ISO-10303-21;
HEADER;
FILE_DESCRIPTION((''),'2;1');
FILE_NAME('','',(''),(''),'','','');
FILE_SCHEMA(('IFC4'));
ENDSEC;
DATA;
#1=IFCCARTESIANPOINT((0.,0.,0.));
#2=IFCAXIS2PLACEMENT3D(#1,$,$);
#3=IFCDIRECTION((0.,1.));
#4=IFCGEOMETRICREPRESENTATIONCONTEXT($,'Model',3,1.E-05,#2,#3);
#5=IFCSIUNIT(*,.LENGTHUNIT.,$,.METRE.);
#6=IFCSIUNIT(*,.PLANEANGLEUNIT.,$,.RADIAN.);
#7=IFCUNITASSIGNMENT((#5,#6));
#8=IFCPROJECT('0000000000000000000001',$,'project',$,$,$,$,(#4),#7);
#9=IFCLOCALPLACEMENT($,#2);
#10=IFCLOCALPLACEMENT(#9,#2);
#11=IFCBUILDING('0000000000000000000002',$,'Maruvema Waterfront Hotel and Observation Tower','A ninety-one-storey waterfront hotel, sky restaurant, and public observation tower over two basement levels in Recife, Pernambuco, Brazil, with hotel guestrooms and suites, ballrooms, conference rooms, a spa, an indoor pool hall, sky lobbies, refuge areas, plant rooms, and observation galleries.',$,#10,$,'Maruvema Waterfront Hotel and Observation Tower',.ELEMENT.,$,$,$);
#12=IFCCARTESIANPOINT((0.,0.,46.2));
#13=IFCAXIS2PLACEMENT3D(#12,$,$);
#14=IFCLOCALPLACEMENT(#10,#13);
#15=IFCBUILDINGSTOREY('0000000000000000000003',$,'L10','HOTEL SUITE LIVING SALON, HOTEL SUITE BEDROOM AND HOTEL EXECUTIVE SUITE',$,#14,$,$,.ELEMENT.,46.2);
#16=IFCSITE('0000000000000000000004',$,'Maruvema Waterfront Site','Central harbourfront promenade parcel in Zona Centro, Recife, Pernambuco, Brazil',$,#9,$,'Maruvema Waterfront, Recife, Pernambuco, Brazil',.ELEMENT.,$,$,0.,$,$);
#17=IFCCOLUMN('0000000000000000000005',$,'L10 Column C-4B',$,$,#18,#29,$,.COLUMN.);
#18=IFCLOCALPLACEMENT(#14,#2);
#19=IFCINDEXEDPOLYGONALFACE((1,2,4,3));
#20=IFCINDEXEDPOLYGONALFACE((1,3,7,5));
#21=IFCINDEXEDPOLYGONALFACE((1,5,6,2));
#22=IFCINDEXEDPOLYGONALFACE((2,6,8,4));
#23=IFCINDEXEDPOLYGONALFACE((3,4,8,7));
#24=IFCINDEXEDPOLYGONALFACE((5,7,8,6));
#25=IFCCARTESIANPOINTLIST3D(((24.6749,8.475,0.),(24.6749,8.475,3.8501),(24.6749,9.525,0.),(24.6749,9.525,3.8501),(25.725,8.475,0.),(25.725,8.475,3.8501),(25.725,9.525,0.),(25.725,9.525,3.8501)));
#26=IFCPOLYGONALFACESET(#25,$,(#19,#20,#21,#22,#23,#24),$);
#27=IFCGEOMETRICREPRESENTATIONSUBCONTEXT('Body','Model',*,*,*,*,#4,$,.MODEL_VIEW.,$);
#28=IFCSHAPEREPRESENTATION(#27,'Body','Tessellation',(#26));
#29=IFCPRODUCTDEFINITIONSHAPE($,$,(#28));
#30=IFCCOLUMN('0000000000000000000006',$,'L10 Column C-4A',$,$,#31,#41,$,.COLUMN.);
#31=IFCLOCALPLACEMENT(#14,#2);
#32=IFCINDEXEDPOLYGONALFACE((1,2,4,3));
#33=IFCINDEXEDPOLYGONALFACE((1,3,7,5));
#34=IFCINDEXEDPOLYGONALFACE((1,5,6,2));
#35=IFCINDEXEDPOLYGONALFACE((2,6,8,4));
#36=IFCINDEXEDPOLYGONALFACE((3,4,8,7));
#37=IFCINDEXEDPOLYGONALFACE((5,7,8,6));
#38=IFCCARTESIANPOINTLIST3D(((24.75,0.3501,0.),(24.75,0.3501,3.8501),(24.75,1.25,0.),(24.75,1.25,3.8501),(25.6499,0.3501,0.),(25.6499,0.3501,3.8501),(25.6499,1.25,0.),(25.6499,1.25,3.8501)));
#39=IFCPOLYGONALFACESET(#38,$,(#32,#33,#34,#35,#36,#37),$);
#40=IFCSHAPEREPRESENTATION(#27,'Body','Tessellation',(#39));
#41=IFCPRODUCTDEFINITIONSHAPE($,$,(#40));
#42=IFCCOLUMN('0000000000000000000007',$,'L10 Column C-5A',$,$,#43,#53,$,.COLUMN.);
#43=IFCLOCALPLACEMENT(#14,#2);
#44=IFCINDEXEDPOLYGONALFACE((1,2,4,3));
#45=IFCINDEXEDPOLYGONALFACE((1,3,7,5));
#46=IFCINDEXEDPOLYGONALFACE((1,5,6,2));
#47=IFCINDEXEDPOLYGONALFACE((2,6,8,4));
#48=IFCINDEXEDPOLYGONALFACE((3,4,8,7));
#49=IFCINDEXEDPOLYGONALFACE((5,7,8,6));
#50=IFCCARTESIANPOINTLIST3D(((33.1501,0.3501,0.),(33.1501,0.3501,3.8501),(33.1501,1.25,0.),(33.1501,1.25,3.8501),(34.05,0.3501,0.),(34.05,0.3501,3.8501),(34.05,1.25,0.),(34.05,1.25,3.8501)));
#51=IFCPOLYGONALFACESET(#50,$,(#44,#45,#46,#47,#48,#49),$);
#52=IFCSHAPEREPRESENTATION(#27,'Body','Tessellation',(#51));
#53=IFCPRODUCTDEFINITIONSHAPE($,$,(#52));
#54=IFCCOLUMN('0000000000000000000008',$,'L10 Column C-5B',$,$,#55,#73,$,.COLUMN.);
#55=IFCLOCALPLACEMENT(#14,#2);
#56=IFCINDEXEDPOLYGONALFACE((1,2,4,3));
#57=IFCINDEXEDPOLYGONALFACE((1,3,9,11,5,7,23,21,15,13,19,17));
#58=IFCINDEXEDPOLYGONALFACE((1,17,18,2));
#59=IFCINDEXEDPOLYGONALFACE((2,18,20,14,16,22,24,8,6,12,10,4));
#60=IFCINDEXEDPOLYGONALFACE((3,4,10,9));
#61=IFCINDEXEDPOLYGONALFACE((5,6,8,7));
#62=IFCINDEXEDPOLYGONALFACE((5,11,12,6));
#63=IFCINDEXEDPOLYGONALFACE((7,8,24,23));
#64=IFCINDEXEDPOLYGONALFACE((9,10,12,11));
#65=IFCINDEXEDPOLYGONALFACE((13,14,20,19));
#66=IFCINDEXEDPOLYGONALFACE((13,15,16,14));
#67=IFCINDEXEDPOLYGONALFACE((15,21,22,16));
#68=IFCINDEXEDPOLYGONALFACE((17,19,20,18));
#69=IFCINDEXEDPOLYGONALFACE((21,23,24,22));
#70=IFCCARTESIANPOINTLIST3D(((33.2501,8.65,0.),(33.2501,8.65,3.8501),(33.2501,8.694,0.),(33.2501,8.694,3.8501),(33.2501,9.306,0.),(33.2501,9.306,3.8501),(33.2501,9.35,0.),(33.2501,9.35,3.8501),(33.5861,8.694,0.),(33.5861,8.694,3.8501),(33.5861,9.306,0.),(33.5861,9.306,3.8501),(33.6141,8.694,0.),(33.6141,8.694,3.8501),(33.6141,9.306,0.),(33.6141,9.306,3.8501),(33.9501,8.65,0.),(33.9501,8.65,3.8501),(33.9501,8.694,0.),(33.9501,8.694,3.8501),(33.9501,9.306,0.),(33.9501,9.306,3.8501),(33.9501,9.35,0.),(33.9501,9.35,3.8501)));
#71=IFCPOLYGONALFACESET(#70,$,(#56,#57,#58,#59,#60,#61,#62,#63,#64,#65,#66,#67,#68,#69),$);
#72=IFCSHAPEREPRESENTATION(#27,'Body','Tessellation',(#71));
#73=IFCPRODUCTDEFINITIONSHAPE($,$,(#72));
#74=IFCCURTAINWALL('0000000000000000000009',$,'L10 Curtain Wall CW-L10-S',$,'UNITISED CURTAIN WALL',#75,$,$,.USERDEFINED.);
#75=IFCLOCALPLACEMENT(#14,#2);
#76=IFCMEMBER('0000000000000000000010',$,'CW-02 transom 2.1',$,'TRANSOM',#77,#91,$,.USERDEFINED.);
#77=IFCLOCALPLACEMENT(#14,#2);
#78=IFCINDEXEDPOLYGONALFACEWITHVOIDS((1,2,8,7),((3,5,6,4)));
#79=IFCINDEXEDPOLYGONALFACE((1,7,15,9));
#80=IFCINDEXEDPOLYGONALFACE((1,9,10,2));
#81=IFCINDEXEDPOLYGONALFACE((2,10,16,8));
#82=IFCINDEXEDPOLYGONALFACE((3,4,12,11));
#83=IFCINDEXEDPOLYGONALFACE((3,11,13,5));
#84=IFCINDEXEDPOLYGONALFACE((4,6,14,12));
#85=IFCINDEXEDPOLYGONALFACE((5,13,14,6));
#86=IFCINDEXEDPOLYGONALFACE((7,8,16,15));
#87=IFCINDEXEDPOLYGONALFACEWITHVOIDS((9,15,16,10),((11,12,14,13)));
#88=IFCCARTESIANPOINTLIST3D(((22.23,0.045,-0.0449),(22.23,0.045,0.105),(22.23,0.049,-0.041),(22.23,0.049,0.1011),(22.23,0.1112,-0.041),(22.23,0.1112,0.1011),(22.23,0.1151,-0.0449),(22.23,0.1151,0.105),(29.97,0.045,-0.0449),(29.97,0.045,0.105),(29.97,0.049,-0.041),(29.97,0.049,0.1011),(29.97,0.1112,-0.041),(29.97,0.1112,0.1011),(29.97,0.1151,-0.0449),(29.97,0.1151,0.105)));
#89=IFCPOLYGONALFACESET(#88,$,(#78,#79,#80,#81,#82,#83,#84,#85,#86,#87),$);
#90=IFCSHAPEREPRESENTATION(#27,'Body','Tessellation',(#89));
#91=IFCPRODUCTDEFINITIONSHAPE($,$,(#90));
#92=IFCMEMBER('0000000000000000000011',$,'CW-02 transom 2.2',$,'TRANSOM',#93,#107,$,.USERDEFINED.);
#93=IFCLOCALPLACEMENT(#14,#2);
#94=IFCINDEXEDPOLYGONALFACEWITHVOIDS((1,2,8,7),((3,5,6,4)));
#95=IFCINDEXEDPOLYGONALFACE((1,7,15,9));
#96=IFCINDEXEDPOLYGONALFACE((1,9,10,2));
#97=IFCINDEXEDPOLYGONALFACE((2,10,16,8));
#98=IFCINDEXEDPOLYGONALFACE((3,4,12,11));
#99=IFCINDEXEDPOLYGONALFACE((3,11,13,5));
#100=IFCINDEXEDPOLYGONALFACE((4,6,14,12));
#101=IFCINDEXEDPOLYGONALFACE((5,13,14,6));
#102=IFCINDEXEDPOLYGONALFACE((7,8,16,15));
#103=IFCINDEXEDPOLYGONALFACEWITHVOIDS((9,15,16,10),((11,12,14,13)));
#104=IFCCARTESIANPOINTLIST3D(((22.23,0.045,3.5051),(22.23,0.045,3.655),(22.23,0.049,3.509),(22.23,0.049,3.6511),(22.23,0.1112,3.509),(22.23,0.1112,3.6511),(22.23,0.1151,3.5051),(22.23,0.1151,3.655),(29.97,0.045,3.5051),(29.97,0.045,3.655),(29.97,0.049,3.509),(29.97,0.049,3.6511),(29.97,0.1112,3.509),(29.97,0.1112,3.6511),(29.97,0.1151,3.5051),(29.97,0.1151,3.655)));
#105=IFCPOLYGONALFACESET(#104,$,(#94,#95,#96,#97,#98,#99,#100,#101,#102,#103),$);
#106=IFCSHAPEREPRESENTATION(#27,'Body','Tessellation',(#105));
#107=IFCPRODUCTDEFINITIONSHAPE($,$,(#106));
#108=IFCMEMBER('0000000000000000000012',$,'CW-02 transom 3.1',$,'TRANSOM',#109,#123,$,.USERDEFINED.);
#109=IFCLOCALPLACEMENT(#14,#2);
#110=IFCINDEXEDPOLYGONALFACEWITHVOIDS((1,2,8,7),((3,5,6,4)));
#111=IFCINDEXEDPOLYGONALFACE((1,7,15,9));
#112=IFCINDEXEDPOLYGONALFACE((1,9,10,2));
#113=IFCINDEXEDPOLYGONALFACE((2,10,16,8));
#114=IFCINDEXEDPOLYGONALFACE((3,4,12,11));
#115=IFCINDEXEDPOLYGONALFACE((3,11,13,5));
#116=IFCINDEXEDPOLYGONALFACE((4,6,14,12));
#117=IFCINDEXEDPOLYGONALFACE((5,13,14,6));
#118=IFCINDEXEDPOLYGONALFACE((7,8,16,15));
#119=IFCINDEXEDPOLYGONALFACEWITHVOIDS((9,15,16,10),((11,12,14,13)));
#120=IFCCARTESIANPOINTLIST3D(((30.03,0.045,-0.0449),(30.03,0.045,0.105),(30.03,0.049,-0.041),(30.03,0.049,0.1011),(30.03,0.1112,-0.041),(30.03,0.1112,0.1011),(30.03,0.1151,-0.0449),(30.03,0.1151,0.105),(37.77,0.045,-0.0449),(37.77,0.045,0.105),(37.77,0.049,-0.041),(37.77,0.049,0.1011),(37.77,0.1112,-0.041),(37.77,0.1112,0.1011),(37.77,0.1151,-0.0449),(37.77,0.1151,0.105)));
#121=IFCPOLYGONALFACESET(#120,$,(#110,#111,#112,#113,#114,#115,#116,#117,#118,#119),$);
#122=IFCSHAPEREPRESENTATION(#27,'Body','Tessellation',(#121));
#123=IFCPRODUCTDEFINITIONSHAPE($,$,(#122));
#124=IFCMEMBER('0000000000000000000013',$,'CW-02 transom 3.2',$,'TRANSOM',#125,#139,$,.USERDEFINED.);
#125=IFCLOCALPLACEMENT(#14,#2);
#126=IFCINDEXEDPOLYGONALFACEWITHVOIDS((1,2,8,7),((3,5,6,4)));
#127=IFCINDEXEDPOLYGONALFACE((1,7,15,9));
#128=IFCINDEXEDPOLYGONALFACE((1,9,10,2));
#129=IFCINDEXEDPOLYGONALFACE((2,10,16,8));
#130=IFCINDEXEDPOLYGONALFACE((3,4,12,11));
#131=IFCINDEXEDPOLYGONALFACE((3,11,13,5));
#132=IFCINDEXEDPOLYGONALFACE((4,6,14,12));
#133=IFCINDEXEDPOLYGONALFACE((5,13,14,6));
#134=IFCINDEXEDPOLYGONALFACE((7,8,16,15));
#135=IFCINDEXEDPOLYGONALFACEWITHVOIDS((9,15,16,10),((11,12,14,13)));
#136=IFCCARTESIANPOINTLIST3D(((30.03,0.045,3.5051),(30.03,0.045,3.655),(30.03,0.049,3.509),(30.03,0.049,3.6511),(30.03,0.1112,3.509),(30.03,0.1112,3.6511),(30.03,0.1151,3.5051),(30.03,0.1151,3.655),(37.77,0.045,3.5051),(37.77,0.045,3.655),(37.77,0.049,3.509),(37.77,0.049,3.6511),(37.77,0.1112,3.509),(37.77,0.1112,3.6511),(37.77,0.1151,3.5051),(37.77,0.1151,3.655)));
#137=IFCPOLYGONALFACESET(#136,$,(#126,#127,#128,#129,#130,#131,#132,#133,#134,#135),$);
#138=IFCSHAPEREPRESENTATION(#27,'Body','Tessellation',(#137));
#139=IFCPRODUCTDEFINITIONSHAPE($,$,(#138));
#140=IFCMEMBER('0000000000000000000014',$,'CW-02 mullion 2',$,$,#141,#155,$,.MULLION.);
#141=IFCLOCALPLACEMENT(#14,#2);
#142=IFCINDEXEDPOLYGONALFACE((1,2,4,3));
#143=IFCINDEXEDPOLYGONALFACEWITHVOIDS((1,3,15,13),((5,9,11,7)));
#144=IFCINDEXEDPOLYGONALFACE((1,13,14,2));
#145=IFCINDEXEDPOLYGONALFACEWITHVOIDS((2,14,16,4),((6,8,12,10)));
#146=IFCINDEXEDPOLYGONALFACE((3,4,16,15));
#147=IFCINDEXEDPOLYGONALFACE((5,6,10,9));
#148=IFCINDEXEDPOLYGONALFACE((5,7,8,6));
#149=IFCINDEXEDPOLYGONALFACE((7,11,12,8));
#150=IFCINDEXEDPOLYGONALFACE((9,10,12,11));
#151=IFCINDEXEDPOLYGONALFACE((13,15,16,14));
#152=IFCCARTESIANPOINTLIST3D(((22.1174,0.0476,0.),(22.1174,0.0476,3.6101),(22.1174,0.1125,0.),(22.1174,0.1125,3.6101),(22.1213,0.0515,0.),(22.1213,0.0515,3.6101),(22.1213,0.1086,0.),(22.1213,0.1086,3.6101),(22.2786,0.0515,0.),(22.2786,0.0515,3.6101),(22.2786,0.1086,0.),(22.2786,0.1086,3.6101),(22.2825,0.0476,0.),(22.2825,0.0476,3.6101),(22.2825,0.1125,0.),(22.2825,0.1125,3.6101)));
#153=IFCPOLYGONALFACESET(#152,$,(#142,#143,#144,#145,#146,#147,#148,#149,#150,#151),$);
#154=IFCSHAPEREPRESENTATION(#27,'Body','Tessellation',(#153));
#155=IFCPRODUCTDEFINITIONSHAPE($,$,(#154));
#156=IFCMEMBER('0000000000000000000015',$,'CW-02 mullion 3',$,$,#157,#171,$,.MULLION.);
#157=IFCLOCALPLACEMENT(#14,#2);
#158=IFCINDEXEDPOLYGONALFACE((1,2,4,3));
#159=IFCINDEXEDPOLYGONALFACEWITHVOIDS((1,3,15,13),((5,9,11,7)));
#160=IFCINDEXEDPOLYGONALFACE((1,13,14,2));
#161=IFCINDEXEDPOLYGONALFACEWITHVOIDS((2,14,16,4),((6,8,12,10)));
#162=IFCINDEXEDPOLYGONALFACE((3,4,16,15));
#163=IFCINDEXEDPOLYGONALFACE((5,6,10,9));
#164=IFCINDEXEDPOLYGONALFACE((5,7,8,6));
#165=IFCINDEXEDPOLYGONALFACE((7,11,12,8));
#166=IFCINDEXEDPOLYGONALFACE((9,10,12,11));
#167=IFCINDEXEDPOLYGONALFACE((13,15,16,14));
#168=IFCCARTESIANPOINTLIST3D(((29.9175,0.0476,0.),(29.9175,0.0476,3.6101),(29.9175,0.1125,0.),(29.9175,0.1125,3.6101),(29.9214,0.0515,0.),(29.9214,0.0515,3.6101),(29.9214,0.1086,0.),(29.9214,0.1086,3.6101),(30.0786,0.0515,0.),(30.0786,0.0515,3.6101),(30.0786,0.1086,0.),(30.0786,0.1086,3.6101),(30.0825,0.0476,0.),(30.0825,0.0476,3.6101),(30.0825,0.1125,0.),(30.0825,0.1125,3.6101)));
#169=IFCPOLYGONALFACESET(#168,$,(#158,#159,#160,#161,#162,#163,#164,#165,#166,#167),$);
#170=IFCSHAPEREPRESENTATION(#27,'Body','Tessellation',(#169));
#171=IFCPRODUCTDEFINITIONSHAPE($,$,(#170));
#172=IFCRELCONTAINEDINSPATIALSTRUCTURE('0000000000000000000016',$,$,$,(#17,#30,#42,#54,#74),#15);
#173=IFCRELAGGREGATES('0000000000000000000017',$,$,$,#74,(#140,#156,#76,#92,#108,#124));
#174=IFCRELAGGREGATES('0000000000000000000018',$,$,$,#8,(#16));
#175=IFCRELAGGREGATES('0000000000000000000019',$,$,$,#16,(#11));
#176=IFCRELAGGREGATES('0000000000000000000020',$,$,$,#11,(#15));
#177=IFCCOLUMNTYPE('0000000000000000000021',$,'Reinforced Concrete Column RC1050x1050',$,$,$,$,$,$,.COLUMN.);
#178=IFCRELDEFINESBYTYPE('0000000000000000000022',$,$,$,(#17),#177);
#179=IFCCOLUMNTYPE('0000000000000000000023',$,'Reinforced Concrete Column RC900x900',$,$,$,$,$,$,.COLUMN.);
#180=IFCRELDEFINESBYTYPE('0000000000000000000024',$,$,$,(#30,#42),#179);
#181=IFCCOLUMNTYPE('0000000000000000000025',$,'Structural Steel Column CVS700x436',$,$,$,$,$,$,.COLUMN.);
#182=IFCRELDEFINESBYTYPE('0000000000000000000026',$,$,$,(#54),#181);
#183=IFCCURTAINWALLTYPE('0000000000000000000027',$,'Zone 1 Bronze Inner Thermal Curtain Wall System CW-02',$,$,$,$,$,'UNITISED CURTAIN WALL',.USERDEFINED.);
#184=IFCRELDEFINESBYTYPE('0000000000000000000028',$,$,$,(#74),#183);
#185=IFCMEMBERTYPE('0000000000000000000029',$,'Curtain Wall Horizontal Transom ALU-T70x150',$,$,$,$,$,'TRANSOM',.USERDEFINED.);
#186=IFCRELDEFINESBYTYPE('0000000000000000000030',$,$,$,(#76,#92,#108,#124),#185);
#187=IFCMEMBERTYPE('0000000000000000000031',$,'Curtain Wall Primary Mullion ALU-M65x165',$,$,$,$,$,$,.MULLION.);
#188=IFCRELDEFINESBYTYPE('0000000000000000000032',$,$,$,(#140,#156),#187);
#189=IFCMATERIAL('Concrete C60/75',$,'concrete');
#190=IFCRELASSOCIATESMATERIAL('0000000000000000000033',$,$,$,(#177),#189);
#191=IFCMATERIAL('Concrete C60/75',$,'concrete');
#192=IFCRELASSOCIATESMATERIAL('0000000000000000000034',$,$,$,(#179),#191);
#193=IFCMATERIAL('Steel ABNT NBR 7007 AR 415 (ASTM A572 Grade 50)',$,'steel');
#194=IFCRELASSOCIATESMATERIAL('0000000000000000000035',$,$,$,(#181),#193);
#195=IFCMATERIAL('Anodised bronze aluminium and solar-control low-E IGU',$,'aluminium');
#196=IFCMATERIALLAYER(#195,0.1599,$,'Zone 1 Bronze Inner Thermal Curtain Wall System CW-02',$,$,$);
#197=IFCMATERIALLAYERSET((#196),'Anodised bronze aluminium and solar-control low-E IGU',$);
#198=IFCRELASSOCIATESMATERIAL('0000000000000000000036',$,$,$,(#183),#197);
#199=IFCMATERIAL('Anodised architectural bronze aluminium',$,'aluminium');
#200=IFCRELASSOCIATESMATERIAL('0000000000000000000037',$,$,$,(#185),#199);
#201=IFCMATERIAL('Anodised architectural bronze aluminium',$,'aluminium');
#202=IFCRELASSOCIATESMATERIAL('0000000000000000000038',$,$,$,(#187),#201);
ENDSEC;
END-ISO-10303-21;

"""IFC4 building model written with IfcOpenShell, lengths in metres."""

from ifc_helpers import new_model, si_unit, direction, frame, origin, origin_2d, place, context, subcontext, project, spatial, rectangle, hollow_rectangle, i_section, extrude, material, layer, layer_set, material_profile, profile_set, type_object, element, aggregate, save


model = new_model("IFC4")

# Units and contexts
model_context = context("Model", 3, precision=1e-05, world=origin(), true_north=direction((0.0, 1.0)))
body_context = subcontext(model_context, "Body", "Model", "MODEL_VIEW")
ifc_project = project(units=[si_unit("LENGTHUNIT", "METRE"), si_unit("PLANEANGLEUNIT", "RADIAN")], contexts=[model_context])

# Site, building, storey
site_placement = place(None, origin())
site = spatial("IfcSite", under=ifc_project, at=site_placement, Name="Maruvema Waterfront Site", Description="Central harbourfront promenade parcel in Zona Centro, Recife, Pernambuco, Brazil", LongName="Maruvema Waterfront, Recife, Pernambuco, Brazil", CompositionType="ELEMENT", RefElevation=0.0)
building_placement = place(site_placement, origin())
building = spatial("IfcBuilding", under=site, at=building_placement, Name="Maruvema Waterfront Hotel and Observation Tower", Description="A ninety-one-storey waterfront hotel, sky restaurant, and public observation tower over two basement levels in Recife, Pernambuco, Brazil, with hotel guestrooms and suites, ballrooms, conference rooms, a spa, an indoor pool hall, sky lobbies, refuge areas, plant rooms, and observation galleries.", LongName="Maruvema Waterfront Hotel and Observation Tower", CompositionType="ELEMENT")
storey_placement = place(building_placement, frame((0.0, 0.0, 46.2)))
storey = spatial("IfcBuildingStorey", under=building, at=storey_placement, Name="L10", Description="HOTEL SUITE LIVING SALON, HOTEL SUITE BEDROOM AND HOTEL EXECUTIVE SUITE", CompositionType="ELEMENT", Elevation=46.2)

# Columns
ifc_material_1 = material(Name="Concrete C60/75", Category="concrete")
ifc_material_profile_1 = material_profile(ifc_material_1, rectangle(XDim=1.05, YDim=1.05, at=origin_2d()), Name="RC1050x1050")
ifc_profile_set_1 = profile_set([ifc_material_profile_1], Name="Concrete C60/75")
column_type_1 = type_object("IfcColumnType", Name="Reinforced Concrete Column RC1050x1050", PredefinedType="COLUMN", material=ifc_profile_set_1)
column_1_placement = place(storey_placement, frame((25.2, 9.0, 0.0), z_axis=(0.0, 0.0, 1.0), x_axis=(1.0, 0.0, 0.0)))
element("IfcColumn", 1, at=column_1_placement, inside=storey, type_object=column_type_1, Name="L10 Column C-4B", PredefinedType="COLUMN", context=body_context, shape_type="SweptSolid", body=[
    extrude(rectangle(XDim=1.05, YDim=1.05, at=origin_2d()), origin(), (0.0, 0.0, 1.0), 3.8501),
])
ifc_material_2 = material(Name="Concrete C60/75", Category="concrete")
ifc_material_profile_2 = material_profile(ifc_material_2, rectangle(XDim=0.8999, YDim=0.8999, at=origin_2d()), Name="RC900x900")
ifc_profile_set_2 = profile_set([ifc_material_profile_2], Name="Concrete C60/75")
column_type_2 = type_object("IfcColumnType", Name="Reinforced Concrete Column RC900x900", PredefinedType="COLUMN", material=ifc_profile_set_2)
for number, where, z_axis, x_axis, name in (
    (2, (25.2, 0.8, 0.0), (0.0, 0.0, 1.0), (1.0, 0.0, 0.0), "L10 Column C-4A"),
    (3, (33.6001, 0.8, 0.0), (0.0, 0.0, 1.0), (1.0, 0.0, 0.0), "L10 Column C-5A"),
):
    element("IfcColumn", number, at=place(storey_placement, frame(where, z_axis=z_axis, x_axis=x_axis)), inside=storey, type_object=column_type_2, Name=name, PredefinedType="COLUMN", context=body_context, shape_type="SweptSolid", body=[
        extrude(rectangle(XDim=0.8999, YDim=0.8999, at=origin_2d()), origin(), (0.0, 0.0, 1.0), 3.8501),
    ])
ifc_material_3 = material(Name="Steel ABNT NBR 7007 AR 415 (ASTM A572 Grade 50)", Category="steel")
ifc_material_profile_3 = material_profile(ifc_material_3, i_section(OverallWidth=0.7, OverallDepth=0.7, WebThickness=0.0281, FlangeThickness=0.0439, at=origin_2d()), Name="CVS700x436")
ifc_profile_set_3 = profile_set([ifc_material_profile_3], Name="Steel ABNT NBR 7007 AR 415 (ASTM A572 Grade 50)")
column_type_3 = type_object("IfcColumnType", Name="Structural Steel Column CVS700x436", PredefinedType="COLUMN", material=ifc_profile_set_3)
column_2_placement = place(storey_placement, frame((33.6001, 9.0, 0.0), z_axis=(0.0, 0.0, 1.0), x_axis=(1.0, 0.0, 0.0)))
element("IfcColumn", 4, at=column_2_placement, inside=storey, type_object=column_type_3, Name="L10 Column C-5B", PredefinedType="COLUMN", context=body_context, shape_type="SweptSolid", body=[
    extrude(i_section(OverallWidth=0.7, OverallDepth=0.7, WebThickness=0.0281, FlangeThickness=0.0439, at=origin_2d()), origin(), (0.0, 0.0, 1.0), 3.8501),
])

# Curtain wall, members
ifc_material_4 = material(Name="Anodised bronze aluminium and solar-control low-E IGU", Category="aluminium")
ifc_layer_1 = layer(ifc_material_4, 0.1599, Name="Zone 1 Bronze Inner Thermal Curtain Wall System CW-02")
ifc_layer_set_1 = layer_set([ifc_layer_1], Name="Anodised bronze aluminium and solar-control low-E IGU")
curtain_wall_type = type_object("IfcCurtainWallType", Name="Zone 1 Bronze Inner Thermal Curtain Wall System CW-02", ElementType="UNITISED CURTAIN WALL", PredefinedType="USERDEFINED", material=ifc_layer_set_1)
curtain_wall_placement = place(storey_placement, origin())
curtain_wall = element("IfcCurtainWall", 5, at=curtain_wall_placement, inside=storey, type_object=curtain_wall_type, Name="L10 Curtain Wall CW-L10-S", ObjectType="UNITISED CURTAIN WALL", PredefinedType="USERDEFINED")
ifc_material_5 = material(Name="Anodised architectural bronze aluminium", Category="aluminium")
ifc_material_profile_4 = material_profile(ifc_material_5, hollow_rectangle(XDim=0.0701, YDim=0.1499, WallThickness=0.0039, at=origin_2d()), Name="ALU-T70x150")
ifc_profile_set_4 = profile_set([ifc_material_profile_4], Name="Anodised architectural bronze aluminium")
member_type_1 = type_object("IfcMemberType", Name="Curtain Wall Horizontal Transom ALU-T70x150", ElementType="TRANSOM", PredefinedType="USERDEFINED", material=ifc_profile_set_4)
member_1_placement = place(storey_placement, frame((22.23, 0.0801, 0.03), z_axis=(1.0, 0.0, 0.0), x_axis=(0.0, 1.0, 0.0)))
member_1 = element("IfcMember", 6, at=member_1_placement, type_object=member_type_1, Name="CW-02 transom 2.1", ObjectType="TRANSOM", PredefinedType="USERDEFINED", context=body_context, shape_type="SweptSolid", body=[
    extrude(hollow_rectangle(XDim=0.0701, YDim=0.1499, WallThickness=0.0039, at=origin_2d()), origin(), (0.0, 0.0, 1.0), 7.74),
])
member_2_placement = place(storey_placement, frame((22.23, 0.0801, 3.5801), z_axis=(1.0, 0.0, 0.0), x_axis=(0.0, 1.0, 0.0)))
member_2 = element("IfcMember", 7, at=member_2_placement, type_object=member_type_1, Name="CW-02 transom 2.2", ObjectType="TRANSOM", PredefinedType="USERDEFINED", context=body_context, shape_type="SweptSolid", body=[
    extrude(hollow_rectangle(XDim=0.0701, YDim=0.1499, WallThickness=0.0039, at=origin_2d()), origin(), (0.0, 0.0, 1.0), 7.74),
])
member_3_placement = place(storey_placement, frame((30.03, 0.0801, 0.03), z_axis=(1.0, 0.0, 0.0), x_axis=(0.0, 1.0, 0.0)))
member_3 = element("IfcMember", 8, at=member_3_placement, type_object=member_type_1, Name="CW-02 transom 3.1", ObjectType="TRANSOM", PredefinedType="USERDEFINED", context=body_context, shape_type="SweptSolid", body=[
    extrude(hollow_rectangle(XDim=0.0701, YDim=0.1499, WallThickness=0.0039, at=origin_2d()), origin(), (0.0, 0.0, 1.0), 7.74),
])
member_4_placement = place(storey_placement, frame((30.03, 0.0801, 3.5801), z_axis=(1.0, 0.0, 0.0), x_axis=(0.0, 1.0, 0.0)))
member_4 = element("IfcMember", 9, at=member_4_placement, type_object=member_type_1, Name="CW-02 transom 3.2", ObjectType="TRANSOM", PredefinedType="USERDEFINED", context=body_context, shape_type="SweptSolid", body=[
    extrude(hollow_rectangle(XDim=0.0701, YDim=0.1499, WallThickness=0.0039, at=origin_2d()), origin(), (0.0, 0.0, 1.0), 7.74),
])
ifc_material_6 = material(Name="Anodised architectural bronze aluminium", Category="aluminium")
ifc_material_profile_5 = material_profile(ifc_material_6, hollow_rectangle(XDim=0.0649, YDim=0.165, WallThickness=0.0039, at=origin_2d()), Name="ALU-M65x165")
ifc_profile_set_5 = profile_set([ifc_material_profile_5], Name="Anodised architectural bronze aluminium")
member_type_2 = type_object("IfcMemberType", Name="Curtain Wall Primary Mullion ALU-M65x165", PredefinedType="MULLION", material=ifc_profile_set_5)
member_5_placement = place(storey_placement, frame((22.2, 0.0801, 0.0), z_axis=(0.0, 0.0, 1.0), x_axis=(0.0, 1.0, 0.0)))
member_5 = element("IfcMember", 10, at=member_5_placement, type_object=member_type_2, Name="CW-02 mullion 2", PredefinedType="MULLION", context=body_context, shape_type="SweptSolid", body=[
    extrude(hollow_rectangle(XDim=0.0649, YDim=0.165, WallThickness=0.0039, at=origin_2d()), origin(), (0.0, 0.0, 1.0), 3.6101),
])
member_6_placement = place(storey_placement, frame((30.0, 0.0801, 0.0), z_axis=(0.0, 0.0, 1.0), x_axis=(0.0, 1.0, 0.0)))
member_6 = element("IfcMember", 11, at=member_6_placement, type_object=member_type_2, Name="CW-02 mullion 3", PredefinedType="MULLION", context=body_context, shape_type="SweptSolid", body=[
    extrude(hollow_rectangle(XDim=0.0649, YDim=0.165, WallThickness=0.0039, at=origin_2d()), origin(), (0.0, 0.0, 1.0), 3.6101),
])

aggregate(curtain_wall, [member_5, member_6, member_1, member_2, member_3, member_4])

save(model, "model.ifc")
